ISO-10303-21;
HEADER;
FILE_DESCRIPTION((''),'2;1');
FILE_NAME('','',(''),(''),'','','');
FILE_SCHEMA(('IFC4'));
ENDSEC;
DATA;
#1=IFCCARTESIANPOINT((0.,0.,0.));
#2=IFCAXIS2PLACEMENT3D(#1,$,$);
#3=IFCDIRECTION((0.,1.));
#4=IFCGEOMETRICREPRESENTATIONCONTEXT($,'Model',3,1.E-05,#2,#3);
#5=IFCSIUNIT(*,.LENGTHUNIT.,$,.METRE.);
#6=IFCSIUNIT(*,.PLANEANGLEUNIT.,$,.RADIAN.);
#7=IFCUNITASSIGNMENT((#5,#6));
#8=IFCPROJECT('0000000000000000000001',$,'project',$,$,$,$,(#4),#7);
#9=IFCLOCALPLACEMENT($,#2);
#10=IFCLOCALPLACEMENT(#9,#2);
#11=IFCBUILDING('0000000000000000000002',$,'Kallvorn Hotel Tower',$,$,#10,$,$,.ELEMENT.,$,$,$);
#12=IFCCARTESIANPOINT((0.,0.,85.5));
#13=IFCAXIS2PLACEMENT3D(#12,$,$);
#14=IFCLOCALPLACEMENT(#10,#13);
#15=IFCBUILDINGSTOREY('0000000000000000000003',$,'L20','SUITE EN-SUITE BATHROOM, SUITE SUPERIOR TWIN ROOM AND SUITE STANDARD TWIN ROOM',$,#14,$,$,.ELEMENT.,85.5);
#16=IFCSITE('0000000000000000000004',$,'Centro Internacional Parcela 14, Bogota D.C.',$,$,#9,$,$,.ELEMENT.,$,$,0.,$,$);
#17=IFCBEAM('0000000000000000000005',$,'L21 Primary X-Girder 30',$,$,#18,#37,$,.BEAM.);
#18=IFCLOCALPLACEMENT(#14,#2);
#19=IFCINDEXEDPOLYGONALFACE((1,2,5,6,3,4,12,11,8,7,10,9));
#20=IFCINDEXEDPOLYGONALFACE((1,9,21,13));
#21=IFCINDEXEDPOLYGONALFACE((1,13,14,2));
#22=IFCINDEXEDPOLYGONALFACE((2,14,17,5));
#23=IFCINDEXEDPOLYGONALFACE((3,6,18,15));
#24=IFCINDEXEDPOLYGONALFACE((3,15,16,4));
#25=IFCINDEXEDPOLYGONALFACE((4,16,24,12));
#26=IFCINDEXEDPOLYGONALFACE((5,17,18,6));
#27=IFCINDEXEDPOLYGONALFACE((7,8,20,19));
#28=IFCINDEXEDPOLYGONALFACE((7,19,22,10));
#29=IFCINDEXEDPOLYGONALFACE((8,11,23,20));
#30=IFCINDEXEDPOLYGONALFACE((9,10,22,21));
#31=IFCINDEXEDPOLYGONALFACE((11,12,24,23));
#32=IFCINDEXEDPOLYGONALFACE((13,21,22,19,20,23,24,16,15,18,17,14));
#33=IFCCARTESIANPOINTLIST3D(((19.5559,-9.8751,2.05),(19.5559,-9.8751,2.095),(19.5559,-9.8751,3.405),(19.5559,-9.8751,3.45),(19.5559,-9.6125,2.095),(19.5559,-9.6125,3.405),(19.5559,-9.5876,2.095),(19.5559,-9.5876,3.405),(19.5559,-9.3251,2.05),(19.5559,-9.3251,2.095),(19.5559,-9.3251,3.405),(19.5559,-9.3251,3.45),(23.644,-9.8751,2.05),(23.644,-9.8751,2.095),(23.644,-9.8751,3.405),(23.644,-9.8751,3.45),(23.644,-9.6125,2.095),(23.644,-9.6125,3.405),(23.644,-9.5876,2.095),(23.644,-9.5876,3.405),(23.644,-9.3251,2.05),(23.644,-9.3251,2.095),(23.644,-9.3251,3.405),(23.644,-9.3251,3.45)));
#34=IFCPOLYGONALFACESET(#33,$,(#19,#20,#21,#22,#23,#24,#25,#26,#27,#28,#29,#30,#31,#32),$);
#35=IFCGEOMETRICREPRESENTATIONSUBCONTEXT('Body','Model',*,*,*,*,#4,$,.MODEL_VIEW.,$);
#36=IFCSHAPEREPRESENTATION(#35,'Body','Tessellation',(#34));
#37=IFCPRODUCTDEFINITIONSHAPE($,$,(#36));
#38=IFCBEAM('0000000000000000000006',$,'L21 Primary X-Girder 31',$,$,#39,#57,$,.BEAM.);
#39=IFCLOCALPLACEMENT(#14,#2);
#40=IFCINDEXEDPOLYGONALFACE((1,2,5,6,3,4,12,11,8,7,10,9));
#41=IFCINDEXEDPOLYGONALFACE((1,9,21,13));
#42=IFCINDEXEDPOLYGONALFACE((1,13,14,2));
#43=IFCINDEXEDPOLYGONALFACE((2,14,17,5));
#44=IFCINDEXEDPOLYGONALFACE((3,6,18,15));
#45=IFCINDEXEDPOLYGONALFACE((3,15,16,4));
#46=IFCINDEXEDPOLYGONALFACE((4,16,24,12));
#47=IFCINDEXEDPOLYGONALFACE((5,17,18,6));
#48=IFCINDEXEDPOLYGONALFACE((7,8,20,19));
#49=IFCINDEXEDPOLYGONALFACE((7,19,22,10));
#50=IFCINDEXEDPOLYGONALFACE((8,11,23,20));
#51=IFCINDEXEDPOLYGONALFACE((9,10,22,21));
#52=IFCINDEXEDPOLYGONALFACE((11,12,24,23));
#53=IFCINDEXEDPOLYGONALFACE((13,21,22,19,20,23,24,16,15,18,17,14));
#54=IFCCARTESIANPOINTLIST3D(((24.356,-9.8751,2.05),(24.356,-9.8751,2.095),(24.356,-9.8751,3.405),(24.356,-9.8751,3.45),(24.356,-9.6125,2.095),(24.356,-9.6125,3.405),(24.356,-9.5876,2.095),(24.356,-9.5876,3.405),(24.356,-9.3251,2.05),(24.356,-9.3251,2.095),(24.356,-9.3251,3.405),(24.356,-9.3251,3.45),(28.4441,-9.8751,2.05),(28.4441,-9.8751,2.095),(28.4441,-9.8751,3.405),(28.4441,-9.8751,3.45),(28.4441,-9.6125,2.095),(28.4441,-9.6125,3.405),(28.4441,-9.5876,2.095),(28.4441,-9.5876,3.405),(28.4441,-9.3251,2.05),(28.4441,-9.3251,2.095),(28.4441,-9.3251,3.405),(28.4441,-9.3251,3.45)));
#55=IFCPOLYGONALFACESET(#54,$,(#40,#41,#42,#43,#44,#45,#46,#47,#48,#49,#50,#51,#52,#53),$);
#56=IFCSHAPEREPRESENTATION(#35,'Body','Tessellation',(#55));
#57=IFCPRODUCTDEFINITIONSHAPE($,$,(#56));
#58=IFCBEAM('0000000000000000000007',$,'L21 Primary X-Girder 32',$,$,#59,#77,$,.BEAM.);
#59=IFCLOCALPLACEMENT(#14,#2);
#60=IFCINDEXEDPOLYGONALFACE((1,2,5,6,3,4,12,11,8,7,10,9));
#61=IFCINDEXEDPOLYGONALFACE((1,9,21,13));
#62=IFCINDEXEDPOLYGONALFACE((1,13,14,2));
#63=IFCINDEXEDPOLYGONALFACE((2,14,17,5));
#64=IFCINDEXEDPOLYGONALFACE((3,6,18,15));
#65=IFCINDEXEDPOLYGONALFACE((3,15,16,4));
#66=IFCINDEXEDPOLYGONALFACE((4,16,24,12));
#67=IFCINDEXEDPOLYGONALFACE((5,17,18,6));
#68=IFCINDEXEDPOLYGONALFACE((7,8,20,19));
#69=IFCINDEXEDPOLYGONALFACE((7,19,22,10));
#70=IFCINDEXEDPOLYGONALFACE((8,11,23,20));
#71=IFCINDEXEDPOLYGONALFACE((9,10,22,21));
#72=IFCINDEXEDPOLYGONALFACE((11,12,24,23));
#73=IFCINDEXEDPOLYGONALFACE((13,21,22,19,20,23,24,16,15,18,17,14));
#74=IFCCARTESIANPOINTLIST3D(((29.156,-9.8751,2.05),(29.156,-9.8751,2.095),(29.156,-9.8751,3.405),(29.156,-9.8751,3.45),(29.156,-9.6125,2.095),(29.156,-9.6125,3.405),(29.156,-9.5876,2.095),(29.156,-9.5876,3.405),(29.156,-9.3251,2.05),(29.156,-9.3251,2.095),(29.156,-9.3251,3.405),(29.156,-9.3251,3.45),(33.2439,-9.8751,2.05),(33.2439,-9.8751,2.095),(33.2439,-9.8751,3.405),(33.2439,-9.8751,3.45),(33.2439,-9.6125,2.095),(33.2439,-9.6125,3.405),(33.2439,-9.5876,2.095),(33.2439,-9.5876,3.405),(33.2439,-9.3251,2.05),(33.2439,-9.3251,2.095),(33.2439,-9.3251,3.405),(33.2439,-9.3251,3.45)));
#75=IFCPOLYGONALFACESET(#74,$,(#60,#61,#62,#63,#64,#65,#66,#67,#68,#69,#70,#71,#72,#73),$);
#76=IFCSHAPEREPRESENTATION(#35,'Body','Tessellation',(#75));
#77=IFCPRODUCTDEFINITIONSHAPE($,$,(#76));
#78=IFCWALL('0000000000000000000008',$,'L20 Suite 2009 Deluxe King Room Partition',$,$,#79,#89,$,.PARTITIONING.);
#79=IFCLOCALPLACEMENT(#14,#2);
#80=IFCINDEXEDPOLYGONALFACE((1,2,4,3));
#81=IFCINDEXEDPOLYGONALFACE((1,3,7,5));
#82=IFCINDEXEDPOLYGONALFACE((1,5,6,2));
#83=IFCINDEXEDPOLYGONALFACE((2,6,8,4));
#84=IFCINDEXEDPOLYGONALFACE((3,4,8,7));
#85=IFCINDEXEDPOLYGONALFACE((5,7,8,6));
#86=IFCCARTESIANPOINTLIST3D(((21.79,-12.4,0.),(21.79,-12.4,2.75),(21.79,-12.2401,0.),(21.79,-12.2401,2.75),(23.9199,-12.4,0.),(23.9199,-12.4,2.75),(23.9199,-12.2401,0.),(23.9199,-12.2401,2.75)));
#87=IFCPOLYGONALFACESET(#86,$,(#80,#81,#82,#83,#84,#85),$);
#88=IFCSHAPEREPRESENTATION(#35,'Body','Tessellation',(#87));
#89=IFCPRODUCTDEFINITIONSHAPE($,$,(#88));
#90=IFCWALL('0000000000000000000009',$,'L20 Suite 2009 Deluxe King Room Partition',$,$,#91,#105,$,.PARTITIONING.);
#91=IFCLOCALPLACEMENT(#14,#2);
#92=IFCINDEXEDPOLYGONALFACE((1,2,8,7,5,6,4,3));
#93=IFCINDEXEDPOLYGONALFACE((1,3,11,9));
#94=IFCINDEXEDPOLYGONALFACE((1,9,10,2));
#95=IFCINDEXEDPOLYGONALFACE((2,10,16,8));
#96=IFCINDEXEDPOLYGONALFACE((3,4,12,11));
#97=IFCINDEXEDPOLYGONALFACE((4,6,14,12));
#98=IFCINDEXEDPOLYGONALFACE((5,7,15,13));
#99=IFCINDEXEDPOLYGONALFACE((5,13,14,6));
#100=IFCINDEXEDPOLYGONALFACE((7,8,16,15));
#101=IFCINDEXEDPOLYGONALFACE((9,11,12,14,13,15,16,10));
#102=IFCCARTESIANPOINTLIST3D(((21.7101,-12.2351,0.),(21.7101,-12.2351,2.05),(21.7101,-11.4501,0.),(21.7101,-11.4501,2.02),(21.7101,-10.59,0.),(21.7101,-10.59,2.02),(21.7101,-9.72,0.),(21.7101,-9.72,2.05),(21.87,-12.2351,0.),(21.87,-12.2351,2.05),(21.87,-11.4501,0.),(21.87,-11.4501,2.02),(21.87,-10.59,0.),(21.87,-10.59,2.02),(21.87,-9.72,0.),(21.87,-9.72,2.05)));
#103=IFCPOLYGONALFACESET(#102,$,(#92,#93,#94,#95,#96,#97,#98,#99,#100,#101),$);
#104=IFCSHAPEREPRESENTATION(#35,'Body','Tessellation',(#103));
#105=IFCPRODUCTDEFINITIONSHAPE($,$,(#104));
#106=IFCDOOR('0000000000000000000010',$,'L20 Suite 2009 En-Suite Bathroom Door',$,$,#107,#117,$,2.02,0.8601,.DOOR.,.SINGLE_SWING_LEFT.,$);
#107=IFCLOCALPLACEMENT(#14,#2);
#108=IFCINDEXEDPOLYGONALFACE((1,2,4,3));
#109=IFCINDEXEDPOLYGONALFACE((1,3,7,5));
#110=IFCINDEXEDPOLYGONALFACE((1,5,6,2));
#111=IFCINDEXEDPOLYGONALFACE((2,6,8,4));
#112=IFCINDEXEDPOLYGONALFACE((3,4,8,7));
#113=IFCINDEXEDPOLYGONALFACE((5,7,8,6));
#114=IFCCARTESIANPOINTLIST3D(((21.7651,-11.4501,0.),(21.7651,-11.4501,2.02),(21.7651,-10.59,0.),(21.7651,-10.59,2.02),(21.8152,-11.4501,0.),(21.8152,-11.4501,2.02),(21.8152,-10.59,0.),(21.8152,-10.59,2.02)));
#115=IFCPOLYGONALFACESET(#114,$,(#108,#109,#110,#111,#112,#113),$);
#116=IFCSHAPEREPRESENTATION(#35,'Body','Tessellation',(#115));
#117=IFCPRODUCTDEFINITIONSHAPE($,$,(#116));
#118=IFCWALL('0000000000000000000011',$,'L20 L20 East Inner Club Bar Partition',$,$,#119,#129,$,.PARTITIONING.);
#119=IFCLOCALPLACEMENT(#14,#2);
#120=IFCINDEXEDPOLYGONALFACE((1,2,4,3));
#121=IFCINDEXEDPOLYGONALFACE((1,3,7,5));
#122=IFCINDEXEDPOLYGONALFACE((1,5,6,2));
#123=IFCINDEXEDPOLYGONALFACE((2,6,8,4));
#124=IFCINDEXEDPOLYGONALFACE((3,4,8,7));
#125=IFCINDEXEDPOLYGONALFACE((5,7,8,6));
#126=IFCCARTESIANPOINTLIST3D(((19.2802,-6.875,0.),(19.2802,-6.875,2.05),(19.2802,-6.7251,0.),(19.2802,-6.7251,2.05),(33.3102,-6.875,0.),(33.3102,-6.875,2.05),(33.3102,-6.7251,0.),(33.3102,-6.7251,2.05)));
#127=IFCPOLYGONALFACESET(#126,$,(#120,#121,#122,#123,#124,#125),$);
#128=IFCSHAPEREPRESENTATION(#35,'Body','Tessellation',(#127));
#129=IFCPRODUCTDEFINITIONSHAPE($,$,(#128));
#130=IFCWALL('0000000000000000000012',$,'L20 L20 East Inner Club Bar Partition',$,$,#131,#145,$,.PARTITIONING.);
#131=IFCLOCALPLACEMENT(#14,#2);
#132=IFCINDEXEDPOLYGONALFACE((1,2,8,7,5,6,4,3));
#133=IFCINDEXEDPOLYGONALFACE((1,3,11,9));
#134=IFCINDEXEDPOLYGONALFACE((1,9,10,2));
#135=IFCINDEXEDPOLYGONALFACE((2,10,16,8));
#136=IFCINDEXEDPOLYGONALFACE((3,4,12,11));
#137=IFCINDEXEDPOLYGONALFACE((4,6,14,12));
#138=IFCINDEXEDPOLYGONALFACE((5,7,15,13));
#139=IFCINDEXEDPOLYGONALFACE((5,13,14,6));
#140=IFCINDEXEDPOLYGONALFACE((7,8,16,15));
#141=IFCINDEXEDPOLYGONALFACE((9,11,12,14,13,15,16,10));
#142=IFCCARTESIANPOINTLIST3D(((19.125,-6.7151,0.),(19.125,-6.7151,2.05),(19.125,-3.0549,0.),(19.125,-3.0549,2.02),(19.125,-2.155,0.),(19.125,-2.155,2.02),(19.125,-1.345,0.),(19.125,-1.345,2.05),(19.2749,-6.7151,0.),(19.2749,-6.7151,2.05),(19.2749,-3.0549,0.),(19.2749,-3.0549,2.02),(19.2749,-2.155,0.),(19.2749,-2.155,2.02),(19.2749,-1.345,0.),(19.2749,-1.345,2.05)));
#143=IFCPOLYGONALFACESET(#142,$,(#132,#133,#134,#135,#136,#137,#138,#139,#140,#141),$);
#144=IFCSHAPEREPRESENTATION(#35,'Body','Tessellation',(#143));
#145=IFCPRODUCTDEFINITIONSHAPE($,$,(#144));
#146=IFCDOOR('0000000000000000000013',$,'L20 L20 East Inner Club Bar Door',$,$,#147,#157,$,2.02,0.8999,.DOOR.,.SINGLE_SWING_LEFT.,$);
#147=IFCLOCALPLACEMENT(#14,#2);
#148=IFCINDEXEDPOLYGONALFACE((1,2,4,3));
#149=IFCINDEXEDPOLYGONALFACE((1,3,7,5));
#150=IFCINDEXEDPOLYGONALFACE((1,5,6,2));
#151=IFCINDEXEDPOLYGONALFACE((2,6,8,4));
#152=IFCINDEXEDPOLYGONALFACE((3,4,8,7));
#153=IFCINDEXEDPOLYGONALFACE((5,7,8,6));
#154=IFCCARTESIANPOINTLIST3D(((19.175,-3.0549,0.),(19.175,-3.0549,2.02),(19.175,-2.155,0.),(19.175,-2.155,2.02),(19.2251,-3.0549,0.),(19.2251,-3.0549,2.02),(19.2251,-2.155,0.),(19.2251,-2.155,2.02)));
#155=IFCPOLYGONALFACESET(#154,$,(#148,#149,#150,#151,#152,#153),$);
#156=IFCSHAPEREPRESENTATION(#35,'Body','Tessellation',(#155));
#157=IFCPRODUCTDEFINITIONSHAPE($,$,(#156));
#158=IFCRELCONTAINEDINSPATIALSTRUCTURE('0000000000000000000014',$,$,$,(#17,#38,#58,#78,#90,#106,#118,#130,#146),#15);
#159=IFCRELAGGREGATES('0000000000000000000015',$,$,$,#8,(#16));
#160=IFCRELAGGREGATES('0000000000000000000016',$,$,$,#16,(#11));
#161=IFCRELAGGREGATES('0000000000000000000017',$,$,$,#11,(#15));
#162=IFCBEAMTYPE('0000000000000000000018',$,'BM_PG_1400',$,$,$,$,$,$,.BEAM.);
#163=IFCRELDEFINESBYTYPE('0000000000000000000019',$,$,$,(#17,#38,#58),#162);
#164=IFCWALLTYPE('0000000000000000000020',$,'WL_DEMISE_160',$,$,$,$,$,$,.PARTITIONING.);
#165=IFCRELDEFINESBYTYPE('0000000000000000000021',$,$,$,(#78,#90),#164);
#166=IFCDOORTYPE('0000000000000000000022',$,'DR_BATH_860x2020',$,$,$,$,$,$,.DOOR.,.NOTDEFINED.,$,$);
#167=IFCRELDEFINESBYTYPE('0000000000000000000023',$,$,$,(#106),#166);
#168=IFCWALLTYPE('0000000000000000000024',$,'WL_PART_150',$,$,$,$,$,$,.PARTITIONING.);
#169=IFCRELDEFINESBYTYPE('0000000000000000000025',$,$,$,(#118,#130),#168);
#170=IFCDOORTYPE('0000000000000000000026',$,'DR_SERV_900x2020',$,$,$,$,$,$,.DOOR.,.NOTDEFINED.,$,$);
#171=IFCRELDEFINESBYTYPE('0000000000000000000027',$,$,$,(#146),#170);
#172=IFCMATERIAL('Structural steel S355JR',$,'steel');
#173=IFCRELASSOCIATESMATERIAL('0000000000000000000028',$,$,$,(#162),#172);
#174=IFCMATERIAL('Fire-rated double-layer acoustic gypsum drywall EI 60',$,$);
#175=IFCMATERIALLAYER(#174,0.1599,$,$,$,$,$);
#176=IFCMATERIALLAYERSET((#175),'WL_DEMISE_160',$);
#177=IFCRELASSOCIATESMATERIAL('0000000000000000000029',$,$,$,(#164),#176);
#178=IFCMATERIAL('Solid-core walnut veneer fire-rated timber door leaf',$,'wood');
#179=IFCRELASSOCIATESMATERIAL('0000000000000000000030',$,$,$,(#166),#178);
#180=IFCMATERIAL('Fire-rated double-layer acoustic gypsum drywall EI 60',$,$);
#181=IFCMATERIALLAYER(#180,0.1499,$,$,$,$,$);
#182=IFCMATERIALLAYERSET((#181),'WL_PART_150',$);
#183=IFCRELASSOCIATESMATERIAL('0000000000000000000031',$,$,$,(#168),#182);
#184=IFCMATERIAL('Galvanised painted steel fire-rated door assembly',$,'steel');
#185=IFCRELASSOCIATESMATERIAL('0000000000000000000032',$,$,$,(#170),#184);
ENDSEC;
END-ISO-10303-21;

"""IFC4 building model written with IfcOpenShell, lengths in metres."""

from ifc_helpers import new_model, si_unit, direction, frame, frame_2d, origin, origin_2d, place, context, subcontext, project, spatial, rectangle, i_section, extrude, material, layer, layer_set, material_profile, profile_set, type_object, element, fill, save


model = new_model("IFC4")

# Units and contexts
model_context = context("Model", 3, precision=1e-05, world=origin(), true_north=direction((0.0, 1.0)))
body_context = subcontext(model_context, "Body", "Model", "MODEL_VIEW")
ifc_project = project(units=[si_unit("LENGTHUNIT", "METRE"), si_unit("PLANEANGLEUNIT", "RADIAN")], contexts=[model_context])

# Site, building, storey
site_placement = place(None, origin())
site = spatial("IfcSite", under=ifc_project, at=site_placement, Name="Centro Internacional Parcela 14, Bogota D.C.", CompositionType="ELEMENT", RefElevation=0.0)
building_placement = place(site_placement, origin())
building = spatial("IfcBuilding", under=site, at=building_placement, Name="Kallvorn Hotel Tower", CompositionType="ELEMENT")
storey_placement = place(building_placement, frame((0.0, 0.0, 85.5)))
storey = spatial("IfcBuildingStorey", under=building, at=storey_placement, Name="L20", Description="SUITE EN-SUITE BATHROOM, SUITE SUPERIOR TWIN ROOM AND SUITE STANDARD TWIN ROOM", CompositionType="ELEMENT", Elevation=85.5)

# Beams
ifc_material_1 = material(Name="Structural steel S355JR", Category="steel")
ifc_material_profile_1 = material_profile(ifc_material_1, i_section(OverallWidth=0.55, OverallDepth=1.3999, WebThickness=0.0249, FlangeThickness=0.0449, at=origin_2d()), Name="PG 1400x550x25x45")
ifc_profile_set_1 = profile_set([ifc_material_profile_1], Name="Structural steel S355JR")
beam_type_1 = type_object("IfcBeamType", Name="BM_PG_1400", PredefinedType="BEAM", material=ifc_profile_set_1)
for number, where, z_axis, x_axis, name in (
    (1, (19.5559, -9.6001, 2.75), (1.0, 0.0, 0.0), (0.0, 1.0, 0.0), "L21 Primary X-Girder 30"),
    (2, (24.356, -9.6001, 2.75), (1.0, 0.0, 0.0), (0.0, 1.0, 0.0), "L21 Primary X-Girder 31"),
):
    element("IfcBeam", number, at=place(storey_placement, frame(where, z_axis=z_axis, x_axis=x_axis)), inside=storey, type_object=beam_type_1, Name=name, PredefinedType="BEAM", context=body_context, shape_type="SweptSolid", body=[
        extrude(i_section(OverallWidth=0.55, OverallDepth=1.3999, WebThickness=0.0249, FlangeThickness=0.0449, at=origin_2d()), origin(), (0.0, 0.0, 1.0), 4.0881),
    ])
beam_1_placement = place(storey_placement, frame((29.156, -9.6001, 2.75), z_axis=(1.0, 0.0, 0.0), x_axis=(0.0, 1.0, 0.0)))
element("IfcBeam", 3, at=beam_1_placement, inside=storey, type_object=beam_type_1, Name="L21 Primary X-Girder 32", PredefinedType="BEAM", context=body_context, shape_type="SweptSolid", body=[
    extrude(i_section(OverallWidth=0.55, OverallDepth=1.3999, WebThickness=0.0249, FlangeThickness=0.0449, at=origin_2d()), origin(), (0.0, 0.0, 1.0), 4.0879),
])

# Wall
ifc_material_2 = material(Name="Fire-rated double-layer acoustic gypsum drywall EI 60")
ifc_layer_1 = layer(ifc_material_2, 0.1599)
ifc_layer_set_1 = layer_set([ifc_layer_1], Name="WL_DEMISE_160")
wall_type_1 = type_object("IfcWallType", Name="WL_DEMISE_160", PredefinedType="PARTITIONING", material=ifc_layer_set_1)
wall_1_placement = place(storey_placement, frame((21.79, -12.3201, 0.0), z_axis=(0.0, 0.0, 1.0), x_axis=(1.0, 0.0, 0.0)))
element("IfcWall", 4, at=wall_1_placement, inside=storey, type_object=wall_type_1, Name="L20 Suite 2009 Deluxe King Room Partition", PredefinedType="PARTITIONING", context=body_context, shape_type="SweptSolid", body=[
    extrude(rectangle(XDim=2.1299, YDim=0.1599, at=frame_2d((1.0649, 0.0))), origin(), (0.0, 0.0, 1.0), 2.75),
])

# Wall, opening, door
wall_2_placement = place(storey_placement, frame((21.79, -12.2351, 0.0), z_axis=(0.0, 0.0, 1.0), x_axis=(0.0, 1.0, 0.0)))
wall_2 = element("IfcWall", 5, at=wall_2_placement, inside=storey, type_object=wall_type_1, Name="L20 Suite 2009 Deluxe King Room Partition", PredefinedType="PARTITIONING", context=body_context, shape_type="SweptSolid", body=[
    extrude(rectangle(XDim=2.5151, YDim=0.1599, at=frame_2d((1.2576, 0.0))), origin(), (0.0, 0.0, 1.0), 2.05),
])
opening_1_placement = place(wall_2_placement, frame((0.7849, 0.0, 0.0)))
opening_1 = element("IfcOpeningElement", 6, at=opening_1_placement, cuts=wall_2, PredefinedType="OPENING", context=body_context, shape_type="SweptSolid", body=[
    extrude(rectangle(XDim=0.8601, YDim=2.02, at=frame_2d((0.4302, 1.01))), frame((0.0, 0.095, 0.0), z_axis=(0.0, -1.0, 0.0), x_axis=(1.0, 0.0, 0.0)), (0.0, 0.0, 1.0), 0.1899),
])
ifc_material_3 = material(Name="Solid-core walnut veneer fire-rated timber door leaf", Category="wood")
door_type_1 = type_object("IfcDoorType", Name="DR_BATH_860x2020", OperationType="NOTDEFINED", PredefinedType="DOOR", material=ifc_material_3)
door_1_placement = place(opening_1_placement, origin())
door_1 = element("IfcDoor", 7, at=door_1_placement, inside=storey, type_object=door_type_1, Name="L20 Suite 2009 En-Suite Bathroom Door", OperationType="SINGLE_SWING_LEFT", OverallHeight=2.02, OverallWidth=0.8601, PredefinedType="DOOR", context=body_context, shape_type="SweptSolid", body=[
    extrude(rectangle(XDim=0.8601, YDim=2.02, at=frame_2d((0.4302, 1.01))), frame((0.0, 0.0249, 0.0), z_axis=(0.0, -1.0, 0.0), x_axis=(1.0, 0.0, 0.0)), (0.0, 0.0, 1.0), 0.05),
])
fill(opening_1, door_1)

# Wall
ifc_material_4 = material(Name="Fire-rated double-layer acoustic gypsum drywall EI 60")
ifc_layer_2 = layer(ifc_material_4, 0.1499)
ifc_layer_set_2 = layer_set([ifc_layer_2], Name="WL_PART_150")
wall_type_2 = type_object("IfcWallType", Name="WL_PART_150", PredefinedType="PARTITIONING", material=ifc_layer_set_2)
wall_3_placement = place(storey_placement, frame((19.28, -6.8, 0.0), z_axis=(0.0, 0.0, 1.0), x_axis=(1.0, 0.0, 0.0)))
element("IfcWall", 8, at=wall_3_placement, inside=storey, type_object=wall_type_2, Name="L20 L20 East Inner Club Bar Partition", PredefinedType="PARTITIONING", context=body_context, shape_type="SweptSolid", body=[
    extrude(rectangle(XDim=14.03, YDim=0.1499, at=frame_2d((7.0151, 0.0))), origin(), (0.0, 0.0, 1.0), 2.05),
])

# Wall, opening, door
wall_4_placement = place(storey_placement, frame((19.2, -6.7151, 0.0), z_axis=(0.0, 0.0, 1.0), x_axis=(0.0, 1.0, 0.0)))
wall_4 = element("IfcWall", 9, at=wall_4_placement, inside=storey, type_object=wall_type_2, Name="L20 L20 East Inner Club Bar Partition", PredefinedType="PARTITIONING", context=body_context, shape_type="SweptSolid", body=[
    extrude(rectangle(XDim=5.3701, YDim=0.1499, at=frame_2d((2.6851, 0.0))), origin(), (0.0, 0.0, 1.0), 2.05),
])
opening_2_placement = place(wall_4_placement, frame((3.6602, 0.0, 0.0)))
opening_2 = element("IfcOpeningElement", 10, at=opening_2_placement, cuts=wall_4, PredefinedType="OPENING", context=body_context, shape_type="SweptSolid", body=[
    extrude(rectangle(XDim=0.8999, YDim=2.02, at=frame_2d((0.45, 1.01))), frame((0.0, 0.0898, 0.0), z_axis=(0.0, -1.0, 0.0), x_axis=(1.0, 0.0, 0.0)), (0.0, 0.0, 1.0), 0.1799),
])
ifc_material_5 = material(Name="Galvanised painted steel fire-rated door assembly", Category="steel")
door_type_2 = type_object("IfcDoorType", Name="DR_SERV_900x2020", OperationType="NOTDEFINED", PredefinedType="DOOR", material=ifc_material_5)
door_2_placement = place(opening_2_placement, origin())
door_2 = element("IfcDoor", 11, at=door_2_placement, inside=storey, type_object=door_type_2, Name="L20 L20 East Inner Club Bar Door", OperationType="SINGLE_SWING_LEFT", OverallHeight=2.02, OverallWidth=0.8999, PredefinedType="DOOR", context=body_context, shape_type="SweptSolid", body=[
    extrude(rectangle(XDim=0.8999, YDim=2.02, at=frame_2d((0.45, 1.01))), frame((0.0, 0.0249, 0.0), z_axis=(0.0, -1.0, 0.0), x_axis=(1.0, 0.0, 0.0)), (0.0, 0.0, 1.0), 0.05),
])
fill(opening_2, door_2)

save(model, "model.ifc")
